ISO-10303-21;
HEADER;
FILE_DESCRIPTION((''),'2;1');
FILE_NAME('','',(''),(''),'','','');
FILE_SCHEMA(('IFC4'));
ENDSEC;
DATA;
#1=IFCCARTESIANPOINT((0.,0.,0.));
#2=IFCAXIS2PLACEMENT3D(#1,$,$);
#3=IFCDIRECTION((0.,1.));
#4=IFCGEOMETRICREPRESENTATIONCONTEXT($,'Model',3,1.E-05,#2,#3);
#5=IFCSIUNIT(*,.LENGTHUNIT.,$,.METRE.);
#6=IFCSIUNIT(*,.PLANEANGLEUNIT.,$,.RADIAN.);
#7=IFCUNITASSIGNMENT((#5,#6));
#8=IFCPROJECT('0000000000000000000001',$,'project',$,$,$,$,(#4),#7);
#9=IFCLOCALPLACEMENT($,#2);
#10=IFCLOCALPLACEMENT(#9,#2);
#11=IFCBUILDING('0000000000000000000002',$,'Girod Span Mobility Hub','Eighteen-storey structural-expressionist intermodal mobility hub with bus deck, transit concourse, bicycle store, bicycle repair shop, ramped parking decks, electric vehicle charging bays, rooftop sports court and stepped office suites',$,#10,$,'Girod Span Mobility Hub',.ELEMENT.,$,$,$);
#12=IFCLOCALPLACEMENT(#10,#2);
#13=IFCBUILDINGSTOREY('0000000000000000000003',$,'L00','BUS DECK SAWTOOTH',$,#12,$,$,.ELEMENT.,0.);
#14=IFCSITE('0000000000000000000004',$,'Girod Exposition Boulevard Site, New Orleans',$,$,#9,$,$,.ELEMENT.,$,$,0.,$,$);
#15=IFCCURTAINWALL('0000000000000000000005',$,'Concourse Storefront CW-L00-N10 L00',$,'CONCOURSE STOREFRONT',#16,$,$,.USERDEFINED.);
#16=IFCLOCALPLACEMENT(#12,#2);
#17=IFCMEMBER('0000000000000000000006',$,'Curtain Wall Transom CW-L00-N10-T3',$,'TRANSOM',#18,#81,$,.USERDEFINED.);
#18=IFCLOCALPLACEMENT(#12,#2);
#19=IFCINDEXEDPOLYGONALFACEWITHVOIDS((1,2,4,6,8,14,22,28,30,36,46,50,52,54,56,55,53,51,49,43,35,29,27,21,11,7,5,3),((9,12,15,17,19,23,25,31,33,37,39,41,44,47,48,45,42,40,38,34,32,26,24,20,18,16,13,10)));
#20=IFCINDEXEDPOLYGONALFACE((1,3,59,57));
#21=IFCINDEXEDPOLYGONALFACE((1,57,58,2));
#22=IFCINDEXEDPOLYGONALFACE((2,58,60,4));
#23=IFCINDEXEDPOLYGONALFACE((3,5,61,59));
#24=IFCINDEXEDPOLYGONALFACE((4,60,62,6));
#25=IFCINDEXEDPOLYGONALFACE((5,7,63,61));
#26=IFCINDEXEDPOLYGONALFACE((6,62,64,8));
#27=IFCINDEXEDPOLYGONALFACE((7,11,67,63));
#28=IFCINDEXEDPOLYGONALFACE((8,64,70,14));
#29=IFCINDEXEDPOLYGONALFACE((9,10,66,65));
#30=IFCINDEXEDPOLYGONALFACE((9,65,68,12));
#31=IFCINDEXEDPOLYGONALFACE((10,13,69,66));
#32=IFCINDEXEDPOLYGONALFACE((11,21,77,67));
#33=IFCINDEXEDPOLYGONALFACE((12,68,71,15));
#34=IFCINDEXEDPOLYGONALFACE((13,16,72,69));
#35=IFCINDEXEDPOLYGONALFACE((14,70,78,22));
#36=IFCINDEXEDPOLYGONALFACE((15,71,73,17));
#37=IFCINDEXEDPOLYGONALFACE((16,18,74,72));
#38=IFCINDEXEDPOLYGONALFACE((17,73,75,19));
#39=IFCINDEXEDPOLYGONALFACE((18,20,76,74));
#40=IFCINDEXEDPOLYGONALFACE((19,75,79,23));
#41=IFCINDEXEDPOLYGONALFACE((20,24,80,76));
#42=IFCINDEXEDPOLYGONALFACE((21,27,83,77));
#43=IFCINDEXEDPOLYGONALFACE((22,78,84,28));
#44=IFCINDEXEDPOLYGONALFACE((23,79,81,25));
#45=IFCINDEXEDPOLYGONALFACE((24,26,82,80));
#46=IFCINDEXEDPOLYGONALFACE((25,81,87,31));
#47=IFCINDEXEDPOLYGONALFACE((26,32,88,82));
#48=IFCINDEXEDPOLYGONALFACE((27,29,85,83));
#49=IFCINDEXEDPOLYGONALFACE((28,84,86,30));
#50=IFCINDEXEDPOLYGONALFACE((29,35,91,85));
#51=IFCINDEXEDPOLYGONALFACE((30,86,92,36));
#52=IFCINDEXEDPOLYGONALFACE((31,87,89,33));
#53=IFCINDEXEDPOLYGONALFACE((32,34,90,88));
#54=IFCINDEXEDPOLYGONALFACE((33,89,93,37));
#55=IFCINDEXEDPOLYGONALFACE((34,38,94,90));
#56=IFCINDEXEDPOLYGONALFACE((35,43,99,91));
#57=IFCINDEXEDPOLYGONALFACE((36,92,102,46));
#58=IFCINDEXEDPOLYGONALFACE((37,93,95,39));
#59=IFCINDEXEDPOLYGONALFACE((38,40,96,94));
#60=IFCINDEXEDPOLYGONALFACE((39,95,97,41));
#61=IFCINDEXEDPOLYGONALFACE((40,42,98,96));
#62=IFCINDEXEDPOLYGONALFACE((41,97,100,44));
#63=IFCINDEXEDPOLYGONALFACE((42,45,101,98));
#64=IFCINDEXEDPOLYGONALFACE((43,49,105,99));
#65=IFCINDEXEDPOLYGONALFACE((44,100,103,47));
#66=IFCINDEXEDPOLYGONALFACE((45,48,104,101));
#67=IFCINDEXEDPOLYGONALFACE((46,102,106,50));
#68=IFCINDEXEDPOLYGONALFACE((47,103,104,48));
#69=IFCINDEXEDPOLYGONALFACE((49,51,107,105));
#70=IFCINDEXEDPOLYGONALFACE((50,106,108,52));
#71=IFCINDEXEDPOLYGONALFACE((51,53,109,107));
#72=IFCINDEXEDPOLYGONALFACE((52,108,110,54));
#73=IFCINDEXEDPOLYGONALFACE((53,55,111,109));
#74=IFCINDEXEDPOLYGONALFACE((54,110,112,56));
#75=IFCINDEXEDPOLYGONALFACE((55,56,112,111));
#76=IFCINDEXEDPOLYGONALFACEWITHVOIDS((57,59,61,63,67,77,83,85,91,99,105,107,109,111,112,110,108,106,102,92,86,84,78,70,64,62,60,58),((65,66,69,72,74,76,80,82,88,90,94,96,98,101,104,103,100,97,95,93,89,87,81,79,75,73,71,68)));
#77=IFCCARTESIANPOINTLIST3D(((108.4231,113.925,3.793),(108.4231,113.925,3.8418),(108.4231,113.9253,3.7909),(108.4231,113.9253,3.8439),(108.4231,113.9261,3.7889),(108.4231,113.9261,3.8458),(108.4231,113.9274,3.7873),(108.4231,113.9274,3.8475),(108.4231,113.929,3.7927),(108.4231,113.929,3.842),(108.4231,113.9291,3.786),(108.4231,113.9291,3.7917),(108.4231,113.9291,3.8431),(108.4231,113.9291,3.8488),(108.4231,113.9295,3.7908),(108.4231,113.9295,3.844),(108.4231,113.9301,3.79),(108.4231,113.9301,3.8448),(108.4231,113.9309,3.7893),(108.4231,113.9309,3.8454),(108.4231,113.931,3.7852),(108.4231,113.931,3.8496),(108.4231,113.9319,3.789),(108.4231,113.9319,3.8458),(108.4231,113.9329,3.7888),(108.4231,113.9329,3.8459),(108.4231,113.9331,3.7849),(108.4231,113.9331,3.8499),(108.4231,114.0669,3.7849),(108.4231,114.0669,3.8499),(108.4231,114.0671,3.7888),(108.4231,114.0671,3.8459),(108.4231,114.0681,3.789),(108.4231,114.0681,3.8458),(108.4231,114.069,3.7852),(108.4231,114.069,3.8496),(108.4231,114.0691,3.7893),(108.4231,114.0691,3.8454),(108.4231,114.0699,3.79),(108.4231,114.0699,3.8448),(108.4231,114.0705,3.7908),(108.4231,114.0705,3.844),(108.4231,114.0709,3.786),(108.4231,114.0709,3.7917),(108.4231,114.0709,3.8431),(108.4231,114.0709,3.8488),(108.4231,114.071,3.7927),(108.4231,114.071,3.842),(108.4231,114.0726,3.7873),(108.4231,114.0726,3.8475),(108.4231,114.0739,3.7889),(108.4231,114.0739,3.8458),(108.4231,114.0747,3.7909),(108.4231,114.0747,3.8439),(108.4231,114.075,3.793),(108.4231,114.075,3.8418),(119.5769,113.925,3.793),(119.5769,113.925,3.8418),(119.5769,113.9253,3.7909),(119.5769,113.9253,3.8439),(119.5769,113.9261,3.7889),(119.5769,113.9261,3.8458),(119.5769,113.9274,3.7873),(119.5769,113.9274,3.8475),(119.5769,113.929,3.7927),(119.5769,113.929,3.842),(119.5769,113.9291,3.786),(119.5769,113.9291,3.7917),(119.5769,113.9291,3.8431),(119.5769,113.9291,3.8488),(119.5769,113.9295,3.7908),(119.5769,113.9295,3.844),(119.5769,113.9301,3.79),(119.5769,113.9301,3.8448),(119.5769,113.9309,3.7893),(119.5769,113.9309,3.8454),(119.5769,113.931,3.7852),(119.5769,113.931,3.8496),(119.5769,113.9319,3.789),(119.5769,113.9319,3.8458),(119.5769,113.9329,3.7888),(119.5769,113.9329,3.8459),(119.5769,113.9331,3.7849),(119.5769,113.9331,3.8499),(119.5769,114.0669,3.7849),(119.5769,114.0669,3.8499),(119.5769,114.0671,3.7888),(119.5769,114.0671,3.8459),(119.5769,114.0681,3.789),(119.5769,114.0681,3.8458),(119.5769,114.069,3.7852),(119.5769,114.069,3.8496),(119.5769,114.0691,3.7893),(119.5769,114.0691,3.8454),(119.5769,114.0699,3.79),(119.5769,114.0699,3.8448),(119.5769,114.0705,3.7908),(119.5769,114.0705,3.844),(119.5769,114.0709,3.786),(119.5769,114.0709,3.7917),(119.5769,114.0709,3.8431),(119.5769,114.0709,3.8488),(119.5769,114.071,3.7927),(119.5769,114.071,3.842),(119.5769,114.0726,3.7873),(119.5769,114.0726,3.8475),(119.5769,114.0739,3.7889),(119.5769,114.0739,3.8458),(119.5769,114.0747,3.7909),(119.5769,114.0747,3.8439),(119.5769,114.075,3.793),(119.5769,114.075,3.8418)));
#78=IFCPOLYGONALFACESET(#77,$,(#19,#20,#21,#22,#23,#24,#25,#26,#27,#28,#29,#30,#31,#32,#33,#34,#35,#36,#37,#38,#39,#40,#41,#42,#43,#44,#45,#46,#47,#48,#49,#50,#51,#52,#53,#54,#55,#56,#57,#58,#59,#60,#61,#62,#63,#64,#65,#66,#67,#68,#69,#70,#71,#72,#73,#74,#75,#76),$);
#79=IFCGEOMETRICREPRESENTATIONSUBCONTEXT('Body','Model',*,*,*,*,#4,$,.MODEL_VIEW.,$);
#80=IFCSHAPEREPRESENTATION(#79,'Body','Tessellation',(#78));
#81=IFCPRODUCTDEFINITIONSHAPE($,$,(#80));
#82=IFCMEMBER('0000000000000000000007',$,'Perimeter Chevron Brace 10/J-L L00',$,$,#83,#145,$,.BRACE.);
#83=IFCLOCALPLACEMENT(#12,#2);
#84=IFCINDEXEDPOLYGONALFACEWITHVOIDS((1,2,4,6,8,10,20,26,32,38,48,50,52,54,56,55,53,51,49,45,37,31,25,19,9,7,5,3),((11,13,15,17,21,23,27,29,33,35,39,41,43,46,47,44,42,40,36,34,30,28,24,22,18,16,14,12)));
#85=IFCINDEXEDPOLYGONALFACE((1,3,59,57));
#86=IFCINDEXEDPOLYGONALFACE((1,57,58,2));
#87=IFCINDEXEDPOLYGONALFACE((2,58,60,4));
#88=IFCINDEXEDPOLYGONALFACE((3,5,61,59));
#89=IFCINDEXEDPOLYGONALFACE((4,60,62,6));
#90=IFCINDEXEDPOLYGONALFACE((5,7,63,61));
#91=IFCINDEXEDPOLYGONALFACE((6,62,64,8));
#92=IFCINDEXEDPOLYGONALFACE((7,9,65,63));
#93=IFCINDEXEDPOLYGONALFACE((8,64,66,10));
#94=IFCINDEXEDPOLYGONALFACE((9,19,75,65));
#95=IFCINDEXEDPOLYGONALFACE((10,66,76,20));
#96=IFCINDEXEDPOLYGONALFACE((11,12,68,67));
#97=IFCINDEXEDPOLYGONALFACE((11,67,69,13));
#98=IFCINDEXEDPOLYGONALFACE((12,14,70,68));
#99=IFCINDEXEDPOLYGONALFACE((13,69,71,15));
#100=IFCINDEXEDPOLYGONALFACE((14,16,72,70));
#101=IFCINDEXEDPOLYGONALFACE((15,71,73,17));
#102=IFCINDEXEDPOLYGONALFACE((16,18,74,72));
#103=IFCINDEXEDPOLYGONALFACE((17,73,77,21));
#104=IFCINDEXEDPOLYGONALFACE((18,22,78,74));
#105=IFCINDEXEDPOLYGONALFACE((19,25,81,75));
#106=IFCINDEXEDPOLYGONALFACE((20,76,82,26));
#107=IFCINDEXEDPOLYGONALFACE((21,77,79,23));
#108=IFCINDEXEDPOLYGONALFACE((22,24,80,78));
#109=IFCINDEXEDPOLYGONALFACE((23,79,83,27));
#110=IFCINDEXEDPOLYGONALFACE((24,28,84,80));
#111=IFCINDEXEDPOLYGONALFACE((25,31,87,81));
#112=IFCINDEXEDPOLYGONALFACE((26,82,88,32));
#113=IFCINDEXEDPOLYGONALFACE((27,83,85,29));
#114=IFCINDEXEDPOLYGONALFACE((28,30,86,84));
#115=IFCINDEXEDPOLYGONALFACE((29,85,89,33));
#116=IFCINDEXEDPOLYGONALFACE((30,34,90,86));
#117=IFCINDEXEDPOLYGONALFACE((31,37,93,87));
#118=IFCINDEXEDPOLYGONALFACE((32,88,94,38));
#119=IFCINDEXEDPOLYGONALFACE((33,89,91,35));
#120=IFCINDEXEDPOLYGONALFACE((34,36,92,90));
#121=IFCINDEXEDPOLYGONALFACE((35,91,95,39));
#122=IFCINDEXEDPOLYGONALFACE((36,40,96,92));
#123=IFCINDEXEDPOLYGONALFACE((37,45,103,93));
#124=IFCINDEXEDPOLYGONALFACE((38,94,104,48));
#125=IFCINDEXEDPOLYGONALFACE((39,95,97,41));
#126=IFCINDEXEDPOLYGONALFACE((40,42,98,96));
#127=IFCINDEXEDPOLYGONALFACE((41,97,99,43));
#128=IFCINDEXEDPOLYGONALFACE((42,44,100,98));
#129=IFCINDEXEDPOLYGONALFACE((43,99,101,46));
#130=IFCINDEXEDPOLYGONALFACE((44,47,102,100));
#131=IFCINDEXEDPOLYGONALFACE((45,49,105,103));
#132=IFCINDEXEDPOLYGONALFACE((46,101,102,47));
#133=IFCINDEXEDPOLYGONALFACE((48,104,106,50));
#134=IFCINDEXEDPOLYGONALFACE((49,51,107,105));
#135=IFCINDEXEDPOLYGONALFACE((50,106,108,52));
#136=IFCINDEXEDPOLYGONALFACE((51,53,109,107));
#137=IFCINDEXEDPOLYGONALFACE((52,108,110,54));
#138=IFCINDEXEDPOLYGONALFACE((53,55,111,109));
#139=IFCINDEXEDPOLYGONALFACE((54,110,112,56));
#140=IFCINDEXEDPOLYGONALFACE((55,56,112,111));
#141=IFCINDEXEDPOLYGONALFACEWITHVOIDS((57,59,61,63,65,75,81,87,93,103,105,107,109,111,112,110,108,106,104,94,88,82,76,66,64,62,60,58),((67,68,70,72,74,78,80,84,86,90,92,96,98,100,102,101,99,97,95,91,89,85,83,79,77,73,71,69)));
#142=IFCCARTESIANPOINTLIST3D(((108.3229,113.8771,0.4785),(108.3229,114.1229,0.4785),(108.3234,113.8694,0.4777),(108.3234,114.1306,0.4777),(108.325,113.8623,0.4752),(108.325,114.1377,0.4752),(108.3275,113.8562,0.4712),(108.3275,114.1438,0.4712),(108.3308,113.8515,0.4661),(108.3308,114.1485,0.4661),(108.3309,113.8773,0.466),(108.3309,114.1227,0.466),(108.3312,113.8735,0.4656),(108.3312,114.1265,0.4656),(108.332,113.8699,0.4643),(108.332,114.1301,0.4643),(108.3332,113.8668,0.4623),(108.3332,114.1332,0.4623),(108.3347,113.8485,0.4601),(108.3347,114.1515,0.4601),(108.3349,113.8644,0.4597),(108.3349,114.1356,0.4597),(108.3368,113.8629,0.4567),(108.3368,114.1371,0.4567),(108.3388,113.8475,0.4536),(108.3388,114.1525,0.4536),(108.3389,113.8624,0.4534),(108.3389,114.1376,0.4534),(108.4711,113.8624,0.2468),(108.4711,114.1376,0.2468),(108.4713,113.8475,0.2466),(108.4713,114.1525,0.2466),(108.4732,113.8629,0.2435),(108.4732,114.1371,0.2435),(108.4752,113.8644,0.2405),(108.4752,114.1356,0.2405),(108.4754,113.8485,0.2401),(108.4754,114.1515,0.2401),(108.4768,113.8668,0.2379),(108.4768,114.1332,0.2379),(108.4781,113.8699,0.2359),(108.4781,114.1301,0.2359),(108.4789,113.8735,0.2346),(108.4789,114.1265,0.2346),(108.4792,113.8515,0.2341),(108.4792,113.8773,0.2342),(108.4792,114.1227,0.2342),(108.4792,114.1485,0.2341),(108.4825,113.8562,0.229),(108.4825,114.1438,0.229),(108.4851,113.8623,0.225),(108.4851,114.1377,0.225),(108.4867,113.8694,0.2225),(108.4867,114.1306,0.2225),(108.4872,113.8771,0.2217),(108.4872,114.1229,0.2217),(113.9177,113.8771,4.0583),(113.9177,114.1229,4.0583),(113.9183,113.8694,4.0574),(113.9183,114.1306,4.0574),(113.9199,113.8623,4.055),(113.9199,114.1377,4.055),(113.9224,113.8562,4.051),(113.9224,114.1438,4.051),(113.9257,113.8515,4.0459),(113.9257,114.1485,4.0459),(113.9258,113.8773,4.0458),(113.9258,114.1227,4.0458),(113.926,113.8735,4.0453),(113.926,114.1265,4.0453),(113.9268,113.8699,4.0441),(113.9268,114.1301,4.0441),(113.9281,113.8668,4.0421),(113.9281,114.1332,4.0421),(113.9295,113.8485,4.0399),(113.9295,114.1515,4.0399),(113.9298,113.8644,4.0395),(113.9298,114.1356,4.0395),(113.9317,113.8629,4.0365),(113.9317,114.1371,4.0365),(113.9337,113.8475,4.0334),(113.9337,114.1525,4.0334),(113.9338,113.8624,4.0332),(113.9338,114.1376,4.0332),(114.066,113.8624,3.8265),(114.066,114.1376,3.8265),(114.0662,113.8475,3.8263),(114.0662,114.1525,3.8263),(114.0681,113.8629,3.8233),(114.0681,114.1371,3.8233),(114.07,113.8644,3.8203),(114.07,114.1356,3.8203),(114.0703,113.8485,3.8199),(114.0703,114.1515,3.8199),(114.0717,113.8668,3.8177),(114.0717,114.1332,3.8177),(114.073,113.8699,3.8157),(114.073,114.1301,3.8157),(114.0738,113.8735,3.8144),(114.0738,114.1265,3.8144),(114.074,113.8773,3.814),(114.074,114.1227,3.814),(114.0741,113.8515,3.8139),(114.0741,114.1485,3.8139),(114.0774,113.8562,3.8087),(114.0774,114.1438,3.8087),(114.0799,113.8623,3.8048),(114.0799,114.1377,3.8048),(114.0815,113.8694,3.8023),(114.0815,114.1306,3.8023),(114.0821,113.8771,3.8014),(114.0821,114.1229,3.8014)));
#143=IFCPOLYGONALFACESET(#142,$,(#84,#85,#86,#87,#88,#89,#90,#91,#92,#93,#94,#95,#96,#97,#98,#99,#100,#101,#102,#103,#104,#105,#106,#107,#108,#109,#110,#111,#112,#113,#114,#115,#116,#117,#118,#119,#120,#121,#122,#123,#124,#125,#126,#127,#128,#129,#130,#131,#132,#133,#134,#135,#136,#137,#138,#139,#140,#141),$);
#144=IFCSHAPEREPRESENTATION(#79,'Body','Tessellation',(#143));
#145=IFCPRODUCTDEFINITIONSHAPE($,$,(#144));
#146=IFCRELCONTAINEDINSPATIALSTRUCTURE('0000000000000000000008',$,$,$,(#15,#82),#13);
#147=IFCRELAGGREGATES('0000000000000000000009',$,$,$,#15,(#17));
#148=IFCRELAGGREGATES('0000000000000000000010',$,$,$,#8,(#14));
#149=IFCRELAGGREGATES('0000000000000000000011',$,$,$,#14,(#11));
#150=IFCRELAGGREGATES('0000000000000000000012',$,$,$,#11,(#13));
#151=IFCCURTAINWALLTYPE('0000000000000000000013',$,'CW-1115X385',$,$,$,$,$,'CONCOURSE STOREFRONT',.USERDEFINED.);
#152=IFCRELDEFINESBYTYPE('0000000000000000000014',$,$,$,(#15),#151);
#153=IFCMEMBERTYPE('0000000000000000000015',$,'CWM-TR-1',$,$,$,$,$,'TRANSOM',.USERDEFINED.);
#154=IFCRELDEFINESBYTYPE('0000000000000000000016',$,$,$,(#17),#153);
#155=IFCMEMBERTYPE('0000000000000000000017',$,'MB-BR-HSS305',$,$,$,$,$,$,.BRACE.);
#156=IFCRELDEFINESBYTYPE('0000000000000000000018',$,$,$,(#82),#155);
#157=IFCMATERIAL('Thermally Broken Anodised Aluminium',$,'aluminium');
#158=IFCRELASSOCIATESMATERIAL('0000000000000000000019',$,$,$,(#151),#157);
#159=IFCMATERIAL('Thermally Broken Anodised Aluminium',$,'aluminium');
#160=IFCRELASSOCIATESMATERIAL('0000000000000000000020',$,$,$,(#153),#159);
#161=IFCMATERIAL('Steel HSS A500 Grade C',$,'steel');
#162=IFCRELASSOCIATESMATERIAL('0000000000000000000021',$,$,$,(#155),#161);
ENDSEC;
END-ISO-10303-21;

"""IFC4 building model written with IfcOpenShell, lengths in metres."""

from ifc_helpers import new_model, si_unit, direction, frame, origin, origin_2d, place, context, subcontext, project, spatial, hollow_rectangle, extrude, material, material_profile, profile_set, type_object, element, aggregate, save


model = new_model("IFC4")

# Units and contexts
model_context = context("Model", 3, precision=1e-05, world=origin(), true_north=direction((0.0, 1.0)))
body_context = subcontext(model_context, "Body", "Model", "MODEL_VIEW")
ifc_project = project(units=[si_unit("LENGTHUNIT", "METRE"), si_unit("PLANEANGLEUNIT", "RADIAN")], contexts=[model_context])

# Site, building, storey
site_placement = place(None, origin())
site = spatial("IfcSite", under=ifc_project, at=site_placement, Name="Girod Exposition Boulevard Site, New Orleans", CompositionType="ELEMENT", RefElevation=0.0)
building_placement = place(site_placement, origin())
building = spatial("IfcBuilding", under=site, at=building_placement, Name="Girod Span Mobility Hub", Description="Eighteen-storey structural-expressionist intermodal mobility hub with bus deck, transit concourse, bicycle store, bicycle repair shop, ramped parking decks, electric vehicle charging bays, rooftop sports court and stepped office suites", LongName="Girod Span Mobility Hub", CompositionType="ELEMENT")
storey_placement = place(building_placement, origin())
storey = spatial("IfcBuildingStorey", under=building, at=storey_placement, Name="L00", Description="BUS DECK SAWTOOTH", CompositionType="ELEMENT", Elevation=0.0)

# Shared definitions
ifc_material_1 = material(Name="Thermally Broken Anodised Aluminium", Category="aluminium")
curtain_wall_type = type_object("IfcCurtainWallType", Name="CW-1115X385", ElementType="CONCOURSE STOREFRONT", PredefinedType="USERDEFINED", material=ifc_material_1)

# Curtain wall, member
curtain_wall_1_placement = place(storey_placement, origin())
curtain_wall_1 = element("IfcCurtainWall", 1, at=curtain_wall_1_placement, inside=storey, type_object=curtain_wall_type, Name="Concourse Storefront CW-L00-N10 L00", ObjectType="CONCOURSE STOREFRONT", PredefinedType="USERDEFINED")
ifc_material_2 = material(Name="Thermally Broken Anodised Aluminium", Category="aluminium")
ifc_material_profile_1 = material_profile(ifc_material_2, hollow_rectangle(XDim=0.1499, YDim=0.0649, WallThickness=0.0039, InnerFilletRadius=0.0039, OuterFilletRadius=0.0081, at=origin_2d()), Name="CW-TR-65X150")
ifc_profile_set_1 = profile_set([ifc_material_profile_1], Name="Thermally Broken Anodised Aluminium")
member_type_1 = type_object("IfcMemberType", Name="CWM-TR-1", ElementType="TRANSOM", PredefinedType="USERDEFINED", material=ifc_profile_set_1)
member_1_placement = place(storey_placement, frame((108.4231, 114.0, 3.8174), z_axis=(1.0, 0.0, 0.0), x_axis=(0.0, 1.0, 0.0)))
member_1 = element("IfcMember", 2, at=member_1_placement, type_object=member_type_1, Name="Curtain Wall Transom CW-L00-N10-T3", ObjectType="TRANSOM", PredefinedType="USERDEFINED", context=body_context, shape_type="SweptSolid", body=[
    extrude(hollow_rectangle(XDim=0.1499, YDim=0.0649, WallThickness=0.0039, InnerFilletRadius=0.0039, OuterFilletRadius=0.0081, at=origin_2d()), origin(), (0.0, 0.0, 1.0), 11.1538),
])

# Member
ifc_material_3 = material(Name="Steel HSS A500 Grade C", Category="steel")
ifc_material_profile_2 = material_profile(ifc_material_3, hollow_rectangle(XDim=0.3049, YDim=0.3049, WallThickness=0.0149, InnerFilletRadius=0.0149, OuterFilletRadius=0.0295, at=origin_2d()), Name="HSS305X305X16")
ifc_profile_set_2 = profile_set([ifc_material_profile_2], Name="Steel HSS A500 Grade C")
member_type_2 = type_object("IfcMemberType", Name="MB-BR-HSS305", PredefinedType="BRACE", material=ifc_profile_set_2)
for number, where, z_axis, x_axis, name in (
    (3, (108.405, 114.0, 0.3501), (0.842336, 0.0, 0.538953), (0.0, 1.0, 0.0), "Perimeter Chevron Brace 10/J-L L00"),
):
    element("IfcMember", number, at=place(storey_placement, frame(where, z_axis=z_axis, x_axis=x_axis)), inside=storey, type_object=member_type_2, Name=name, PredefinedType="BRACE", context=body_context, shape_type="SweptSolid", body=[
        extrude(hollow_rectangle(XDim=0.3049, YDim=0.3049, WallThickness=0.0149, InnerFilletRadius=0.0149, OuterFilletRadius=0.0295, at=origin_2d()), origin(), (0.0, 0.0, 1.0), 6.6421),
    ])

aggregate(curtain_wall_1, [member_1])

save(model, "model.ifc")
